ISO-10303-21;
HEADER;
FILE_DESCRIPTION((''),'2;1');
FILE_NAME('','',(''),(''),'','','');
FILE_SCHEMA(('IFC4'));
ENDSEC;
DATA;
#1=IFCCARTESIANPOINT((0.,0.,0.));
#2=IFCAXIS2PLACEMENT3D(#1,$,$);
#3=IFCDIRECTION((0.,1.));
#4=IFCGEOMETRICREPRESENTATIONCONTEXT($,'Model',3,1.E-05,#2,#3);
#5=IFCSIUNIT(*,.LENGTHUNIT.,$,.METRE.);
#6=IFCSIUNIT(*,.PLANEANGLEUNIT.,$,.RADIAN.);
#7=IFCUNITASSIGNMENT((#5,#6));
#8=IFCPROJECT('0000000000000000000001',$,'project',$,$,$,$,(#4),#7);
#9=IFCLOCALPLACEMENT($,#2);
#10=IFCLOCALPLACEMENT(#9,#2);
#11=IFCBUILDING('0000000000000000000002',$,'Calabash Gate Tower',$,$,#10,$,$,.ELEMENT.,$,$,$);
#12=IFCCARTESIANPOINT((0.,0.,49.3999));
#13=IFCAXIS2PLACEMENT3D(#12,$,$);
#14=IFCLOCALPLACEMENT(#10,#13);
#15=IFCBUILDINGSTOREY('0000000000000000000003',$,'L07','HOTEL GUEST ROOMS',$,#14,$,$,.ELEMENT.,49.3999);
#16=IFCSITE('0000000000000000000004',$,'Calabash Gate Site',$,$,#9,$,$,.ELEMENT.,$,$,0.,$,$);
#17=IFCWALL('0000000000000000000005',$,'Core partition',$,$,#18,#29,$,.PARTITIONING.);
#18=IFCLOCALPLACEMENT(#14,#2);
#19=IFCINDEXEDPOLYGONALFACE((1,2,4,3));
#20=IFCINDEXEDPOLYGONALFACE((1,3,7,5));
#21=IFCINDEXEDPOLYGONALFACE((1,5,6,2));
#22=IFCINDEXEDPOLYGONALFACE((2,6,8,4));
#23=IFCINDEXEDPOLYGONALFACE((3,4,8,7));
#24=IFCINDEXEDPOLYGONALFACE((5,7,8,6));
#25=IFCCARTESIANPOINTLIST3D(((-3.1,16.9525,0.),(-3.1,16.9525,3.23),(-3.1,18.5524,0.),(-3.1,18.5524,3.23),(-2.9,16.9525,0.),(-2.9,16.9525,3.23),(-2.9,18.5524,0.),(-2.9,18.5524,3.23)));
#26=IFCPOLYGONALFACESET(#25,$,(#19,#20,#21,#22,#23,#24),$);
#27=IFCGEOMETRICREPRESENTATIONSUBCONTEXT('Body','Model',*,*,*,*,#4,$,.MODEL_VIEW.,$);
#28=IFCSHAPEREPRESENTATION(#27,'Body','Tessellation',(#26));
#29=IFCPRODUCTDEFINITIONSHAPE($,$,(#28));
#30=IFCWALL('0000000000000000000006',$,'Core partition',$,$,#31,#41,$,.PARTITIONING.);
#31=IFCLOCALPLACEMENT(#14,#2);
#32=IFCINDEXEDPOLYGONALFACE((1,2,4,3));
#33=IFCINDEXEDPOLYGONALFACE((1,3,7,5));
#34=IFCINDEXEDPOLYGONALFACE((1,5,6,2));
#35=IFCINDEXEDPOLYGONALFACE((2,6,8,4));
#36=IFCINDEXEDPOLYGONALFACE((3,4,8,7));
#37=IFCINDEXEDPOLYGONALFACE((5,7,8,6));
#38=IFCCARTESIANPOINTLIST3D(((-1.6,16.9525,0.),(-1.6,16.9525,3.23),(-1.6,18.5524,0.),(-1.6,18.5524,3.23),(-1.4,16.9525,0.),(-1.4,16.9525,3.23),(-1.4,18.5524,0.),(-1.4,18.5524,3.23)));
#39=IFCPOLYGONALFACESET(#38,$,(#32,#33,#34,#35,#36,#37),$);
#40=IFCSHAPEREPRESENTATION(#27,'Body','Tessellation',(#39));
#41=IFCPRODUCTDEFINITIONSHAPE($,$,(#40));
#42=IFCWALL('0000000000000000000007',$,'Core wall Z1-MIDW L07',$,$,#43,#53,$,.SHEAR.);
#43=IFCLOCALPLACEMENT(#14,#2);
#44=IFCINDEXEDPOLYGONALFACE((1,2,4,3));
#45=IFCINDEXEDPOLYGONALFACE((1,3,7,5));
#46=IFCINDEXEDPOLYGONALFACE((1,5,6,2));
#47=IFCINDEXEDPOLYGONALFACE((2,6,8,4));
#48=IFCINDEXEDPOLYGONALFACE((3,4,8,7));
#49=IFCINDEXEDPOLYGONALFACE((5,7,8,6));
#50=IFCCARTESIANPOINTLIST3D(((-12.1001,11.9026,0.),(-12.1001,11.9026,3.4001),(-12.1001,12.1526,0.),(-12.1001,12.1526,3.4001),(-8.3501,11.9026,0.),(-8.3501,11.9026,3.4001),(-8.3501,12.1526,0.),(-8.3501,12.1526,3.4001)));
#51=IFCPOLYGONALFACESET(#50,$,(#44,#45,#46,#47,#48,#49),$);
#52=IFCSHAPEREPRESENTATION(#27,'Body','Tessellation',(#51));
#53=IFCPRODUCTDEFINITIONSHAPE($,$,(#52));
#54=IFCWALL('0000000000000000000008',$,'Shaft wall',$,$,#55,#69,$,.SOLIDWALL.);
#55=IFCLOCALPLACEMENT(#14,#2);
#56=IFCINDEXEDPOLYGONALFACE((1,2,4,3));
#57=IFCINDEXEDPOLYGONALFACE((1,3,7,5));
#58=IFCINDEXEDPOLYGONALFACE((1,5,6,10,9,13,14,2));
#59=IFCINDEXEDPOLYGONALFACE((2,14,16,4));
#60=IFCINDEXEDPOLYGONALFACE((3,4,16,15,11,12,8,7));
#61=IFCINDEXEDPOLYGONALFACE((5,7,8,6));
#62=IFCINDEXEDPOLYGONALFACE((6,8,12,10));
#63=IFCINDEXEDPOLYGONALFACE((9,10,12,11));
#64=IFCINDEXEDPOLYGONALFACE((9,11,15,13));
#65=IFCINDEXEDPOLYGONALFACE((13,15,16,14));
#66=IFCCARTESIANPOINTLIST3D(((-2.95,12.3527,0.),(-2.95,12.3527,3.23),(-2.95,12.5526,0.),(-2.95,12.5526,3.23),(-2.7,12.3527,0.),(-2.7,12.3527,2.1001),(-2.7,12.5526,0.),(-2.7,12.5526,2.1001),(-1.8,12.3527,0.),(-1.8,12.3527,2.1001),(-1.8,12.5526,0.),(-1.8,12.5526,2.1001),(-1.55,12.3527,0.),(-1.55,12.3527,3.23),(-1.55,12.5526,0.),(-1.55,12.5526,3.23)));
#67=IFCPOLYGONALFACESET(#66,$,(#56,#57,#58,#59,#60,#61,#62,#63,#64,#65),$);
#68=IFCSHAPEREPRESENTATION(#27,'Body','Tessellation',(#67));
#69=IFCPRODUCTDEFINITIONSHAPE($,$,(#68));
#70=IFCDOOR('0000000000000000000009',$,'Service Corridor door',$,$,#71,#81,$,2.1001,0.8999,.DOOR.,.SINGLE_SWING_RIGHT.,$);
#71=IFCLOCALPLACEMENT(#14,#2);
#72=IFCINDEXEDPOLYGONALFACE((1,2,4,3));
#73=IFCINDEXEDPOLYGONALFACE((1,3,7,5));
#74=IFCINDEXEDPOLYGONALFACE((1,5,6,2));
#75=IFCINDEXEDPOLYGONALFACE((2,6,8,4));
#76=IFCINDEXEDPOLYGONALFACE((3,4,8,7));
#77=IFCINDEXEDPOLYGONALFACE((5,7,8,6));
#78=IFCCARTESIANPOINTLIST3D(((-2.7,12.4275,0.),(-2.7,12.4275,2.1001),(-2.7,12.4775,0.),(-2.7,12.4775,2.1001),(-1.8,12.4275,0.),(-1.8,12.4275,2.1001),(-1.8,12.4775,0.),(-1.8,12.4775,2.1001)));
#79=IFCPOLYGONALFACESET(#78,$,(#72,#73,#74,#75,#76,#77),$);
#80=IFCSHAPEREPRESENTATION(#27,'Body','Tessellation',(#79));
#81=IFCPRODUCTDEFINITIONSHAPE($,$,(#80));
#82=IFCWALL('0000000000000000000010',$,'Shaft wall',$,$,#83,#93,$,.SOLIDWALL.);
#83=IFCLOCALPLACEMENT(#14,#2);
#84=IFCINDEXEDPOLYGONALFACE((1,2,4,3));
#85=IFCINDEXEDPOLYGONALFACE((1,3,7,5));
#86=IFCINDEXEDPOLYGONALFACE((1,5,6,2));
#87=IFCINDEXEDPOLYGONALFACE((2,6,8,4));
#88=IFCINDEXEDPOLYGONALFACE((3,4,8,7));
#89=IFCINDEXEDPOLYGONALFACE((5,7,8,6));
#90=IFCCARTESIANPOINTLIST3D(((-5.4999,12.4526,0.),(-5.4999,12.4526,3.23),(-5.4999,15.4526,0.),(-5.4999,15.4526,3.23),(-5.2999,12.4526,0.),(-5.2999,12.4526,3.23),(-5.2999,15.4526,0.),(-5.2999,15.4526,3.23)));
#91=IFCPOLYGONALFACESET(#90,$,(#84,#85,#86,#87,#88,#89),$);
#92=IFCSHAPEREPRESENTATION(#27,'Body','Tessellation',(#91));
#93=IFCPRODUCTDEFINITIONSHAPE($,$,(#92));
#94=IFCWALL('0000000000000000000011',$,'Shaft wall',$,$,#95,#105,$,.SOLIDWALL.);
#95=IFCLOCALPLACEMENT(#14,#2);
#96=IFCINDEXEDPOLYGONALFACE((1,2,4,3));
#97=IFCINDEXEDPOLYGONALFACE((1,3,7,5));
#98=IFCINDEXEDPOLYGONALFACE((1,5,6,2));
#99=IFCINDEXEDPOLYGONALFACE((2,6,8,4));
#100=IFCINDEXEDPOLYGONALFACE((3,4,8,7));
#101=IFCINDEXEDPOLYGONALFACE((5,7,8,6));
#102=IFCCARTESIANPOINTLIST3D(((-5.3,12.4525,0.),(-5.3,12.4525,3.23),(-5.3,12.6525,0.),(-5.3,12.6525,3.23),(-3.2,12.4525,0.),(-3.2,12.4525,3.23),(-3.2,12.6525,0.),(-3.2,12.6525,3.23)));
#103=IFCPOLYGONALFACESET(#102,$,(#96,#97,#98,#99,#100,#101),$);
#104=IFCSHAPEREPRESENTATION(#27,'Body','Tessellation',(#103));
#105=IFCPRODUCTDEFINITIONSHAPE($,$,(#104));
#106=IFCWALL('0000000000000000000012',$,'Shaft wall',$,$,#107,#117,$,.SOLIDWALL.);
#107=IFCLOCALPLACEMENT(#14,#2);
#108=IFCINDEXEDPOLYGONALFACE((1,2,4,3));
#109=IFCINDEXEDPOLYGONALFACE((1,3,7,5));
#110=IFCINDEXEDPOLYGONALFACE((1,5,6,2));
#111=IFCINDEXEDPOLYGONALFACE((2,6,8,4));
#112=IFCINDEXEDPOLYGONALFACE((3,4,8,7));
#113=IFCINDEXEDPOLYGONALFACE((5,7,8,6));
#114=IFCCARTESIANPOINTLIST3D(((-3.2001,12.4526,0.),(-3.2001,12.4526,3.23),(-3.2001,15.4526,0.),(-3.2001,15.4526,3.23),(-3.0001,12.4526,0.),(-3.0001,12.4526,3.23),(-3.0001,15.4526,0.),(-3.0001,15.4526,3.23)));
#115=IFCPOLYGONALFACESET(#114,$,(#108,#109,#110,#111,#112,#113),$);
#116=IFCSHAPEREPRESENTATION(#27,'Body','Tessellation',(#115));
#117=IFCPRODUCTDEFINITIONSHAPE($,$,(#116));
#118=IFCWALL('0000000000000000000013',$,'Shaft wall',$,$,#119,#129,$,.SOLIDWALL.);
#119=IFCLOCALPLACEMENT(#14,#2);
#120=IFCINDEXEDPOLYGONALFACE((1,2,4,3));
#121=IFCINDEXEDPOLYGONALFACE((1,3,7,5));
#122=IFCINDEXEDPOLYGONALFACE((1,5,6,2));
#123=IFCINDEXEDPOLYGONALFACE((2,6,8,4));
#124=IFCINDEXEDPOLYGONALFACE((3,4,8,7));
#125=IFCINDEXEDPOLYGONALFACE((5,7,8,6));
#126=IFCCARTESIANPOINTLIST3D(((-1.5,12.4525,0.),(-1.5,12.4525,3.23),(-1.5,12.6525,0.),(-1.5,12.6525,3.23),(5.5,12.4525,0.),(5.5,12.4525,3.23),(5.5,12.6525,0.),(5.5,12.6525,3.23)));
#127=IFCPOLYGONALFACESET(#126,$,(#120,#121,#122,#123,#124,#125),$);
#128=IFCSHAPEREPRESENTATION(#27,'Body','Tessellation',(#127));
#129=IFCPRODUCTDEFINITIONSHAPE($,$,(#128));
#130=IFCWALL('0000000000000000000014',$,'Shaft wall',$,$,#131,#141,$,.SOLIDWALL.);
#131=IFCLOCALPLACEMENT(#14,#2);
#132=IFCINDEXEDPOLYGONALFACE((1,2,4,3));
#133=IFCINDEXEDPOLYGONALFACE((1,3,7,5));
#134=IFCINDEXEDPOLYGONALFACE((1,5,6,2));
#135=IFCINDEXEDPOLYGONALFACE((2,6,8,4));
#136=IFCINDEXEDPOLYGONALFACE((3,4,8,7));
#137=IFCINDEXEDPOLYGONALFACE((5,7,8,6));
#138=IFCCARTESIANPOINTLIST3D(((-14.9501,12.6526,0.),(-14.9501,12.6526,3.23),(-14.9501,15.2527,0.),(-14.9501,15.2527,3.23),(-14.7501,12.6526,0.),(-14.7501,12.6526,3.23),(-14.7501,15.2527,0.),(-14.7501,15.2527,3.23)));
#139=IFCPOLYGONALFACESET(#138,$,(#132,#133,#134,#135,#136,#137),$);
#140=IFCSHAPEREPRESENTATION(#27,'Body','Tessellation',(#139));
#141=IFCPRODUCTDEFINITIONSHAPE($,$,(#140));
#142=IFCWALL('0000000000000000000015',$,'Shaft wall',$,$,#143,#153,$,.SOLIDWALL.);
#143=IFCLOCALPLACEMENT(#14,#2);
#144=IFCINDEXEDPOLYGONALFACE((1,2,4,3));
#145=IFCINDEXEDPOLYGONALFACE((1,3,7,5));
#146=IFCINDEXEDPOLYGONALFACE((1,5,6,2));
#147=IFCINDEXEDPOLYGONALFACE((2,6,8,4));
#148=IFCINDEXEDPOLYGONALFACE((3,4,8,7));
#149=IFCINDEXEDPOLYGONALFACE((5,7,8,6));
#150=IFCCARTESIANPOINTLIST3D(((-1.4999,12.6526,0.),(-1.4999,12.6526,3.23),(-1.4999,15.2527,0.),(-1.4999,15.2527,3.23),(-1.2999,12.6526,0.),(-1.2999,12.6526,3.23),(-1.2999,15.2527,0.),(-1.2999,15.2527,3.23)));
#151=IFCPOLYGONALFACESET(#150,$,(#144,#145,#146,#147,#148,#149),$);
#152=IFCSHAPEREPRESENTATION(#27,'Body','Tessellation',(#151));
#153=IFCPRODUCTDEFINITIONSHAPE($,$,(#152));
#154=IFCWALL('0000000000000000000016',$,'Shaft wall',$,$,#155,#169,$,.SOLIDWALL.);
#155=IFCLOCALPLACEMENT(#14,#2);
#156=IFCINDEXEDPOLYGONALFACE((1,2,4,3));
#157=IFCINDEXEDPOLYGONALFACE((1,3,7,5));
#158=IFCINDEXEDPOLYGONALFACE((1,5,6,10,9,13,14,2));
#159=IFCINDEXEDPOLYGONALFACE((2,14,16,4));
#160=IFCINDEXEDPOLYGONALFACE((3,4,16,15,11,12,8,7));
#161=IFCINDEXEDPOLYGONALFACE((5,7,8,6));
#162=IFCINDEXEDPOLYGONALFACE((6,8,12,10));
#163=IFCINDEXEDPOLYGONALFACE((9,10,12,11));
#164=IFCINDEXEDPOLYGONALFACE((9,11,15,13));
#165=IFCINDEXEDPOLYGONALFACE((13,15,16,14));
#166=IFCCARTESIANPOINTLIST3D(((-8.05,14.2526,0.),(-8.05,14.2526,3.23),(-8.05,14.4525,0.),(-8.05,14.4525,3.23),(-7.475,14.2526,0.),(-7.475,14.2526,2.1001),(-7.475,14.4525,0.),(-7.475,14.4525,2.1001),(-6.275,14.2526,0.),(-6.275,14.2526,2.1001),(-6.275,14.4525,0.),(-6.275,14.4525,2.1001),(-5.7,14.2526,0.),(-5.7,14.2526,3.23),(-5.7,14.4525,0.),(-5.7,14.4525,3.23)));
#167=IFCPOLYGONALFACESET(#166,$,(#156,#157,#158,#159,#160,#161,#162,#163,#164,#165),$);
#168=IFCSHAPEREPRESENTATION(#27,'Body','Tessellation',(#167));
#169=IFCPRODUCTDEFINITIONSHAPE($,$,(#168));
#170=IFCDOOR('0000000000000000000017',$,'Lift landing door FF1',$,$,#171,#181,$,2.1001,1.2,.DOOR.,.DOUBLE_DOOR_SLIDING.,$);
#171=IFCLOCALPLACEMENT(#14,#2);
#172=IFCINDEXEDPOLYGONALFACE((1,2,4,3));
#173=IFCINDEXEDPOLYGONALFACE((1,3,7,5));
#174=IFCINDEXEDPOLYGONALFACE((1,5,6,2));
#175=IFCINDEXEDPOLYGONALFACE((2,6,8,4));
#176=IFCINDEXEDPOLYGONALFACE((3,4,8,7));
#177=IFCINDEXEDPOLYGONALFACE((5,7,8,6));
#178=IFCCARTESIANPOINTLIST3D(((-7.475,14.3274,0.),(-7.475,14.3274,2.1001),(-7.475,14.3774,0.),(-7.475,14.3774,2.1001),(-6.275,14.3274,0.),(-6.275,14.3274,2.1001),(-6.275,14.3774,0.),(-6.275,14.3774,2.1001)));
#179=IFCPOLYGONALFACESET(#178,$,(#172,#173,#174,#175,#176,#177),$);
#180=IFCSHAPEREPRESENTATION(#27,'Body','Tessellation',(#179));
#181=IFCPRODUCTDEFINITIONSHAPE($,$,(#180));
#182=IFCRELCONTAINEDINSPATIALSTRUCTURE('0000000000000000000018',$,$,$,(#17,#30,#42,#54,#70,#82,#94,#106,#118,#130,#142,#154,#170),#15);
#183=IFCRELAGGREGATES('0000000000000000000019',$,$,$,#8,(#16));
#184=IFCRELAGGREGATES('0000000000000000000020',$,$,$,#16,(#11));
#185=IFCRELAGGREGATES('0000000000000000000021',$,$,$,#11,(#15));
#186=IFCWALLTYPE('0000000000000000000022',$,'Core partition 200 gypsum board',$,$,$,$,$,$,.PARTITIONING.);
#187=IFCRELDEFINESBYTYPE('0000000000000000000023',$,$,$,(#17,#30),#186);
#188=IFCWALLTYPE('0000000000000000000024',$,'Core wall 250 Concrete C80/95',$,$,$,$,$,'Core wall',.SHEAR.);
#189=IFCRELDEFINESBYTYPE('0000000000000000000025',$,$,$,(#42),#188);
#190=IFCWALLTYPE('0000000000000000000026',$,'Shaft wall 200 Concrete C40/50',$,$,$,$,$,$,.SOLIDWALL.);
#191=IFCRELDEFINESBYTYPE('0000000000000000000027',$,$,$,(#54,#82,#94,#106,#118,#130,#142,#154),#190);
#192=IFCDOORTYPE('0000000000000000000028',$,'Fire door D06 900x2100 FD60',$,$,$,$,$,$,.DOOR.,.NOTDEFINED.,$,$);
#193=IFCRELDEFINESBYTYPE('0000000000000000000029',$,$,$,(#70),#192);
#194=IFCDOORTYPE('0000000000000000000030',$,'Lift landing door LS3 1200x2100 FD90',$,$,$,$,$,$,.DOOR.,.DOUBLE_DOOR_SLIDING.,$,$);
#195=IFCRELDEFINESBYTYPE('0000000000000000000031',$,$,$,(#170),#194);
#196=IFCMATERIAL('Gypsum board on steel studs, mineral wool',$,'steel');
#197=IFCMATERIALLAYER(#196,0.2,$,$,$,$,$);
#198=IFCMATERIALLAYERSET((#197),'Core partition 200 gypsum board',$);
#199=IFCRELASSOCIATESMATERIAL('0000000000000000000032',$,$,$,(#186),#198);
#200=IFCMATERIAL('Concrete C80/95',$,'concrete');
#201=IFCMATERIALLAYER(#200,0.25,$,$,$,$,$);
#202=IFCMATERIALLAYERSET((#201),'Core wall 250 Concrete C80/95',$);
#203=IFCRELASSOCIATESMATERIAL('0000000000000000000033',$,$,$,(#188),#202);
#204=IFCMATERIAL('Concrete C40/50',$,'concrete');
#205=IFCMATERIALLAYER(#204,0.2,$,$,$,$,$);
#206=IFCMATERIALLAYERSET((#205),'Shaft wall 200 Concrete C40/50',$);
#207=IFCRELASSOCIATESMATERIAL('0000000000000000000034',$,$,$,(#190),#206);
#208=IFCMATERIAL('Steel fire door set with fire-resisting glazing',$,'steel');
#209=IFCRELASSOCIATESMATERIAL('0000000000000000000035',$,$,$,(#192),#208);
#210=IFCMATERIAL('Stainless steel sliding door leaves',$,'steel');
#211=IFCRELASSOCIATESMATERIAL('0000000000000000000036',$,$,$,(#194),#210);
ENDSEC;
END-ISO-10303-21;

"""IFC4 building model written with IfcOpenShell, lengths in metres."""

from ifc_helpers import new_model, si_unit, direction, frame, frame_2d, origin, place, context, subcontext, project, spatial, rectangle, extrude, material, layer, layer_set, type_object, element, fill, save


model = new_model("IFC4")

# Units and contexts
model_context = context("Model", 3, precision=1e-05, world=origin(), true_north=direction((0.0, 1.0)))
body_context = subcontext(model_context, "Body", "Model", "MODEL_VIEW")
ifc_project = project(units=[si_unit("LENGTHUNIT", "METRE"), si_unit("PLANEANGLEUNIT", "RADIAN")], contexts=[model_context])

# Site, building, storey
site_placement = place(None, origin())
site = spatial("IfcSite", under=ifc_project, at=site_placement, Name="Calabash Gate Site", CompositionType="ELEMENT", RefElevation=0.0)
building_placement = place(site_placement, origin())
building = spatial("IfcBuilding", under=site, at=building_placement, Name="Calabash Gate Tower", CompositionType="ELEMENT")
storey_placement = place(building_placement, frame((0.0, 0.0, 49.3999)))
storey = spatial("IfcBuildingStorey", under=building, at=storey_placement, Name="L07", Description="HOTEL GUEST ROOMS", CompositionType="ELEMENT", Elevation=49.3999)

# Walls
ifc_material_1 = material(Name="Gypsum board on steel studs, mineral wool", Category="steel")
ifc_layer_1 = layer(ifc_material_1, 0.2)
ifc_layer_set_1 = layer_set([ifc_layer_1], Name="Core partition 200 gypsum board")
wall_type_1 = type_object("IfcWallType", Name="Core partition 200 gypsum board", PredefinedType="PARTITIONING", material=ifc_layer_set_1)
for number, where, z_axis, x_axis, name in (
    (1, (-3.0, 16.9526, 0.0), (0.0, 0.0, 1.0), (0.0, 1.0, 0.0), "Core partition"),
    (2, (-1.5, 16.9526, 0.0), (0.0, 0.0, 1.0), (0.0, 1.0, 0.0), "Core partition"),
):
    element("IfcWall", number, at=place(storey_placement, frame(where, z_axis=z_axis, x_axis=x_axis)), inside=storey, type_object=wall_type_1, Name=name, PredefinedType="PARTITIONING", context=body_context, shape_type="SweptSolid", body=[
        extrude(rectangle(XDim=1.5999, YDim=0.2, at=frame_2d((0.7998, 0.0))), origin(), (0.0, 0.0, 1.0), 3.23),
    ])
ifc_material_2 = material(Name="Concrete C80/95", Category="concrete")
ifc_layer_2 = layer(ifc_material_2, 0.25)
ifc_layer_set_2 = layer_set([ifc_layer_2], Name="Core wall 250 Concrete C80/95")
wall_type_2 = type_object("IfcWallType", Name="Core wall 250 Concrete C80/95", ElementType="Core wall", PredefinedType="SHEAR", material=ifc_layer_set_2)
wall_1_placement = place(storey_placement, frame((-12.1001, 12.0276, 0.0), z_axis=(0.0, 0.0, 1.0), x_axis=(1.0, 0.0, 0.0)))
element("IfcWall", 3, at=wall_1_placement, inside=storey, type_object=wall_type_2, Name="Core wall Z1-MIDW L07", PredefinedType="SHEAR", context=body_context, shape_type="SweptSolid", body=[
    extrude(rectangle(XDim=3.75, YDim=0.25, at=frame_2d((1.875, 0.0))), origin(), (0.0, 0.0, 1.0), 3.4001),
])

# Wall, opening, door
ifc_material_3 = material(Name="Concrete C40/50", Category="concrete")
ifc_layer_3 = layer(ifc_material_3, 0.2)
ifc_layer_set_3 = layer_set([ifc_layer_3], Name="Shaft wall 200 Concrete C40/50")
wall_type_3 = type_object("IfcWallType", Name="Shaft wall 200 Concrete C40/50", PredefinedType="SOLIDWALL", material=ifc_layer_set_3)
wall_2_placement = place(storey_placement, frame((-2.95, 12.4526, 0.0), z_axis=(0.0, 0.0, 1.0), x_axis=(1.0, 0.0, 0.0)))
wall_2 = element("IfcWall", 4, at=wall_2_placement, inside=storey, type_object=wall_type_3, Name="Shaft wall", PredefinedType="SOLIDWALL", context=body_context, shape_type="SweptSolid", body=[
    extrude(rectangle(XDim=1.3999, YDim=0.2, at=frame_2d((0.7, 0.0))), origin(), (0.0, 0.0, 1.0), 3.23),
])
opening_1_placement = place(wall_2_placement, frame((0.25, 0.0, 0.0)))
opening_1 = element("IfcOpeningElement", 5, at=opening_1_placement, cuts=wall_2, PredefinedType="OPENING", context=body_context, shape_type="SweptSolid", body=[
    extrude(rectangle(XDim=0.8999, YDim=2.1001, at=frame_2d((0.45, 1.05))), frame((0.0, 0.1099, 0.0), z_axis=(0.0, -1.0, 0.0), x_axis=(1.0, 0.0, 0.0)), (0.0, 0.0, 1.0), 0.22),
])
ifc_material_4 = material(Name="Steel fire door set with fire-resisting glazing", Category="steel")
door_type_1 = type_object("IfcDoorType", Name="Fire door D06 900x2100 FD60", OperationType="NOTDEFINED", PredefinedType="DOOR", material=ifc_material_4)
door_1_placement = place(opening_1_placement, origin())
door_1 = element("IfcDoor", 6, at=door_1_placement, inside=storey, type_object=door_type_1, Name="Service Corridor door", OperationType="SINGLE_SWING_RIGHT", OverallHeight=2.1001, OverallWidth=0.8999, PredefinedType="DOOR", context=body_context, shape_type="SweptSolid", body=[
    extrude(rectangle(XDim=0.8999, YDim=2.1001, at=frame_2d((0.45, 1.05))), frame((0.0, 0.0249, 0.0), z_axis=(0.0, -1.0, 0.0), x_axis=(1.0, 0.0, 0.0)), (0.0, 0.0, 1.0), 0.05),
])
fill(opening_1, door_1)

# Walls
wall_3_placement = place(storey_placement, frame((-5.3999, 12.4526, 0.0), z_axis=(0.0, 0.0, 1.0), x_axis=(0.0, 1.0, 0.0)))
element("IfcWall", 7, at=wall_3_placement, inside=storey, type_object=wall_type_3, Name="Shaft wall", PredefinedType="SOLIDWALL", context=body_context, shape_type="SweptSolid", body=[
    extrude(rectangle(XDim=3.0, YDim=0.2, at=frame_2d((1.5, 0.0))), origin(), (0.0, 0.0, 1.0), 3.23),
])
wall_4_placement = place(storey_placement, frame((-5.3, 12.5525, 0.0), z_axis=(0.0, 0.0, 1.0), x_axis=(1.0, 0.0, 0.0)))
element("IfcWall", 8, at=wall_4_placement, inside=storey, type_object=wall_type_3, Name="Shaft wall", PredefinedType="SOLIDWALL", context=body_context, shape_type="SweptSolid", body=[
    extrude(rectangle(XDim=2.1001, YDim=0.2, at=frame_2d((1.05, 0.0))), origin(), (0.0, 0.0, 1.0), 3.23),
])
wall_5_placement = place(storey_placement, frame((-3.1001, 12.4526, 0.0), z_axis=(0.0, 0.0, 1.0), x_axis=(0.0, 1.0, 0.0)))
element("IfcWall", 9, at=wall_5_placement, inside=storey, type_object=wall_type_3, Name="Shaft wall", PredefinedType="SOLIDWALL", context=body_context, shape_type="SweptSolid", body=[
    extrude(rectangle(XDim=3.0, YDim=0.2, at=frame_2d((1.5, 0.0))), origin(), (0.0, 0.0, 1.0), 3.23),
])
wall_6_placement = place(storey_placement, frame((-1.5, 12.5525, 0.0), z_axis=(0.0, 0.0, 1.0), x_axis=(1.0, 0.0, 0.0)))
element("IfcWall", 10, at=wall_6_placement, inside=storey, type_object=wall_type_3, Name="Shaft wall", PredefinedType="SOLIDWALL", context=body_context, shape_type="SweptSolid", body=[
    extrude(rectangle(XDim=7.0, YDim=0.2, at=frame_2d((3.5, 0.0))), origin(), (0.0, 0.0, 1.0), 3.23),
])
for number, where, z_axis, x_axis, name in (
    (11, (-14.8501, 12.6526, 0.0), (0.0, 0.0, 1.0), (0.0, 1.0, 0.0), "Shaft wall"),
    (12, (-1.3999, 12.6526, 0.0), (0.0, 0.0, 1.0), (0.0, 1.0, 0.0), "Shaft wall"),
):
    element("IfcWall", number, at=place(storey_placement, frame(where, z_axis=z_axis, x_axis=x_axis)), inside=storey, type_object=wall_type_3, Name=name, PredefinedType="SOLIDWALL", context=body_context, shape_type="SweptSolid", body=[
        extrude(rectangle(XDim=2.6001, YDim=0.2, at=frame_2d((1.3, 0.0))), origin(), (0.0, 0.0, 1.0), 3.23),
    ])

# Wall, opening, door
wall_7_placement = place(storey_placement, frame((-8.05, 14.3525, 0.0), z_axis=(0.0, 0.0, 1.0), x_axis=(1.0, 0.0, 0.0)))
wall_7 = element("IfcWall", 13, at=wall_7_placement, inside=storey, type_object=wall_type_3, Name="Shaft wall", PredefinedType="SOLIDWALL", context=body_context, shape_type="SweptSolid", body=[
    extrude(rectangle(XDim=2.3501, YDim=0.2, at=frame_2d((1.175, 0.0))), origin(), (0.0, 0.0, 1.0), 3.23),
])
opening_2_placement = place(wall_7_placement, frame((0.575, 0.0, 0.0)))
opening_2 = element("IfcOpeningElement", 14, at=opening_2_placement, cuts=wall_7, PredefinedType="OPENING", context=body_context, shape_type="SweptSolid", body=[
    extrude(rectangle(XDim=1.2, YDim=2.1001, at=frame_2d((0.6001, 1.05))), frame((0.0, 0.1099, 0.0), z_axis=(0.0, -1.0, 0.0), x_axis=(1.0, 0.0, 0.0)), (0.0, 0.0, 1.0), 0.22),
])
ifc_material_5 = material(Name="Stainless steel sliding door leaves", Category="steel")
door_type_2 = type_object("IfcDoorType", Name="Lift landing door LS3 1200x2100 FD90", OperationType="DOUBLE_DOOR_SLIDING", PredefinedType="DOOR", material=ifc_material_5)
door_2_placement = place(opening_2_placement, origin())
door_2 = element("IfcDoor", 15, at=door_2_placement, inside=storey, type_object=door_type_2, Name="Lift landing door FF1", OperationType="DOUBLE_DOOR_SLIDING", OverallHeight=2.1001, OverallWidth=1.2, PredefinedType="DOOR", context=body_context, shape_type="SweptSolid", body=[
    extrude(rectangle(XDim=1.2, YDim=2.1001, at=frame_2d((0.6001, 1.05))), frame((0.0, 0.0249, 0.0), z_axis=(0.0, -1.0, 0.0), x_axis=(1.0, 0.0, 0.0)), (0.0, 0.0, 1.0), 0.05),
])
fill(opening_2, door_2)

save(model, "model.ifc")
